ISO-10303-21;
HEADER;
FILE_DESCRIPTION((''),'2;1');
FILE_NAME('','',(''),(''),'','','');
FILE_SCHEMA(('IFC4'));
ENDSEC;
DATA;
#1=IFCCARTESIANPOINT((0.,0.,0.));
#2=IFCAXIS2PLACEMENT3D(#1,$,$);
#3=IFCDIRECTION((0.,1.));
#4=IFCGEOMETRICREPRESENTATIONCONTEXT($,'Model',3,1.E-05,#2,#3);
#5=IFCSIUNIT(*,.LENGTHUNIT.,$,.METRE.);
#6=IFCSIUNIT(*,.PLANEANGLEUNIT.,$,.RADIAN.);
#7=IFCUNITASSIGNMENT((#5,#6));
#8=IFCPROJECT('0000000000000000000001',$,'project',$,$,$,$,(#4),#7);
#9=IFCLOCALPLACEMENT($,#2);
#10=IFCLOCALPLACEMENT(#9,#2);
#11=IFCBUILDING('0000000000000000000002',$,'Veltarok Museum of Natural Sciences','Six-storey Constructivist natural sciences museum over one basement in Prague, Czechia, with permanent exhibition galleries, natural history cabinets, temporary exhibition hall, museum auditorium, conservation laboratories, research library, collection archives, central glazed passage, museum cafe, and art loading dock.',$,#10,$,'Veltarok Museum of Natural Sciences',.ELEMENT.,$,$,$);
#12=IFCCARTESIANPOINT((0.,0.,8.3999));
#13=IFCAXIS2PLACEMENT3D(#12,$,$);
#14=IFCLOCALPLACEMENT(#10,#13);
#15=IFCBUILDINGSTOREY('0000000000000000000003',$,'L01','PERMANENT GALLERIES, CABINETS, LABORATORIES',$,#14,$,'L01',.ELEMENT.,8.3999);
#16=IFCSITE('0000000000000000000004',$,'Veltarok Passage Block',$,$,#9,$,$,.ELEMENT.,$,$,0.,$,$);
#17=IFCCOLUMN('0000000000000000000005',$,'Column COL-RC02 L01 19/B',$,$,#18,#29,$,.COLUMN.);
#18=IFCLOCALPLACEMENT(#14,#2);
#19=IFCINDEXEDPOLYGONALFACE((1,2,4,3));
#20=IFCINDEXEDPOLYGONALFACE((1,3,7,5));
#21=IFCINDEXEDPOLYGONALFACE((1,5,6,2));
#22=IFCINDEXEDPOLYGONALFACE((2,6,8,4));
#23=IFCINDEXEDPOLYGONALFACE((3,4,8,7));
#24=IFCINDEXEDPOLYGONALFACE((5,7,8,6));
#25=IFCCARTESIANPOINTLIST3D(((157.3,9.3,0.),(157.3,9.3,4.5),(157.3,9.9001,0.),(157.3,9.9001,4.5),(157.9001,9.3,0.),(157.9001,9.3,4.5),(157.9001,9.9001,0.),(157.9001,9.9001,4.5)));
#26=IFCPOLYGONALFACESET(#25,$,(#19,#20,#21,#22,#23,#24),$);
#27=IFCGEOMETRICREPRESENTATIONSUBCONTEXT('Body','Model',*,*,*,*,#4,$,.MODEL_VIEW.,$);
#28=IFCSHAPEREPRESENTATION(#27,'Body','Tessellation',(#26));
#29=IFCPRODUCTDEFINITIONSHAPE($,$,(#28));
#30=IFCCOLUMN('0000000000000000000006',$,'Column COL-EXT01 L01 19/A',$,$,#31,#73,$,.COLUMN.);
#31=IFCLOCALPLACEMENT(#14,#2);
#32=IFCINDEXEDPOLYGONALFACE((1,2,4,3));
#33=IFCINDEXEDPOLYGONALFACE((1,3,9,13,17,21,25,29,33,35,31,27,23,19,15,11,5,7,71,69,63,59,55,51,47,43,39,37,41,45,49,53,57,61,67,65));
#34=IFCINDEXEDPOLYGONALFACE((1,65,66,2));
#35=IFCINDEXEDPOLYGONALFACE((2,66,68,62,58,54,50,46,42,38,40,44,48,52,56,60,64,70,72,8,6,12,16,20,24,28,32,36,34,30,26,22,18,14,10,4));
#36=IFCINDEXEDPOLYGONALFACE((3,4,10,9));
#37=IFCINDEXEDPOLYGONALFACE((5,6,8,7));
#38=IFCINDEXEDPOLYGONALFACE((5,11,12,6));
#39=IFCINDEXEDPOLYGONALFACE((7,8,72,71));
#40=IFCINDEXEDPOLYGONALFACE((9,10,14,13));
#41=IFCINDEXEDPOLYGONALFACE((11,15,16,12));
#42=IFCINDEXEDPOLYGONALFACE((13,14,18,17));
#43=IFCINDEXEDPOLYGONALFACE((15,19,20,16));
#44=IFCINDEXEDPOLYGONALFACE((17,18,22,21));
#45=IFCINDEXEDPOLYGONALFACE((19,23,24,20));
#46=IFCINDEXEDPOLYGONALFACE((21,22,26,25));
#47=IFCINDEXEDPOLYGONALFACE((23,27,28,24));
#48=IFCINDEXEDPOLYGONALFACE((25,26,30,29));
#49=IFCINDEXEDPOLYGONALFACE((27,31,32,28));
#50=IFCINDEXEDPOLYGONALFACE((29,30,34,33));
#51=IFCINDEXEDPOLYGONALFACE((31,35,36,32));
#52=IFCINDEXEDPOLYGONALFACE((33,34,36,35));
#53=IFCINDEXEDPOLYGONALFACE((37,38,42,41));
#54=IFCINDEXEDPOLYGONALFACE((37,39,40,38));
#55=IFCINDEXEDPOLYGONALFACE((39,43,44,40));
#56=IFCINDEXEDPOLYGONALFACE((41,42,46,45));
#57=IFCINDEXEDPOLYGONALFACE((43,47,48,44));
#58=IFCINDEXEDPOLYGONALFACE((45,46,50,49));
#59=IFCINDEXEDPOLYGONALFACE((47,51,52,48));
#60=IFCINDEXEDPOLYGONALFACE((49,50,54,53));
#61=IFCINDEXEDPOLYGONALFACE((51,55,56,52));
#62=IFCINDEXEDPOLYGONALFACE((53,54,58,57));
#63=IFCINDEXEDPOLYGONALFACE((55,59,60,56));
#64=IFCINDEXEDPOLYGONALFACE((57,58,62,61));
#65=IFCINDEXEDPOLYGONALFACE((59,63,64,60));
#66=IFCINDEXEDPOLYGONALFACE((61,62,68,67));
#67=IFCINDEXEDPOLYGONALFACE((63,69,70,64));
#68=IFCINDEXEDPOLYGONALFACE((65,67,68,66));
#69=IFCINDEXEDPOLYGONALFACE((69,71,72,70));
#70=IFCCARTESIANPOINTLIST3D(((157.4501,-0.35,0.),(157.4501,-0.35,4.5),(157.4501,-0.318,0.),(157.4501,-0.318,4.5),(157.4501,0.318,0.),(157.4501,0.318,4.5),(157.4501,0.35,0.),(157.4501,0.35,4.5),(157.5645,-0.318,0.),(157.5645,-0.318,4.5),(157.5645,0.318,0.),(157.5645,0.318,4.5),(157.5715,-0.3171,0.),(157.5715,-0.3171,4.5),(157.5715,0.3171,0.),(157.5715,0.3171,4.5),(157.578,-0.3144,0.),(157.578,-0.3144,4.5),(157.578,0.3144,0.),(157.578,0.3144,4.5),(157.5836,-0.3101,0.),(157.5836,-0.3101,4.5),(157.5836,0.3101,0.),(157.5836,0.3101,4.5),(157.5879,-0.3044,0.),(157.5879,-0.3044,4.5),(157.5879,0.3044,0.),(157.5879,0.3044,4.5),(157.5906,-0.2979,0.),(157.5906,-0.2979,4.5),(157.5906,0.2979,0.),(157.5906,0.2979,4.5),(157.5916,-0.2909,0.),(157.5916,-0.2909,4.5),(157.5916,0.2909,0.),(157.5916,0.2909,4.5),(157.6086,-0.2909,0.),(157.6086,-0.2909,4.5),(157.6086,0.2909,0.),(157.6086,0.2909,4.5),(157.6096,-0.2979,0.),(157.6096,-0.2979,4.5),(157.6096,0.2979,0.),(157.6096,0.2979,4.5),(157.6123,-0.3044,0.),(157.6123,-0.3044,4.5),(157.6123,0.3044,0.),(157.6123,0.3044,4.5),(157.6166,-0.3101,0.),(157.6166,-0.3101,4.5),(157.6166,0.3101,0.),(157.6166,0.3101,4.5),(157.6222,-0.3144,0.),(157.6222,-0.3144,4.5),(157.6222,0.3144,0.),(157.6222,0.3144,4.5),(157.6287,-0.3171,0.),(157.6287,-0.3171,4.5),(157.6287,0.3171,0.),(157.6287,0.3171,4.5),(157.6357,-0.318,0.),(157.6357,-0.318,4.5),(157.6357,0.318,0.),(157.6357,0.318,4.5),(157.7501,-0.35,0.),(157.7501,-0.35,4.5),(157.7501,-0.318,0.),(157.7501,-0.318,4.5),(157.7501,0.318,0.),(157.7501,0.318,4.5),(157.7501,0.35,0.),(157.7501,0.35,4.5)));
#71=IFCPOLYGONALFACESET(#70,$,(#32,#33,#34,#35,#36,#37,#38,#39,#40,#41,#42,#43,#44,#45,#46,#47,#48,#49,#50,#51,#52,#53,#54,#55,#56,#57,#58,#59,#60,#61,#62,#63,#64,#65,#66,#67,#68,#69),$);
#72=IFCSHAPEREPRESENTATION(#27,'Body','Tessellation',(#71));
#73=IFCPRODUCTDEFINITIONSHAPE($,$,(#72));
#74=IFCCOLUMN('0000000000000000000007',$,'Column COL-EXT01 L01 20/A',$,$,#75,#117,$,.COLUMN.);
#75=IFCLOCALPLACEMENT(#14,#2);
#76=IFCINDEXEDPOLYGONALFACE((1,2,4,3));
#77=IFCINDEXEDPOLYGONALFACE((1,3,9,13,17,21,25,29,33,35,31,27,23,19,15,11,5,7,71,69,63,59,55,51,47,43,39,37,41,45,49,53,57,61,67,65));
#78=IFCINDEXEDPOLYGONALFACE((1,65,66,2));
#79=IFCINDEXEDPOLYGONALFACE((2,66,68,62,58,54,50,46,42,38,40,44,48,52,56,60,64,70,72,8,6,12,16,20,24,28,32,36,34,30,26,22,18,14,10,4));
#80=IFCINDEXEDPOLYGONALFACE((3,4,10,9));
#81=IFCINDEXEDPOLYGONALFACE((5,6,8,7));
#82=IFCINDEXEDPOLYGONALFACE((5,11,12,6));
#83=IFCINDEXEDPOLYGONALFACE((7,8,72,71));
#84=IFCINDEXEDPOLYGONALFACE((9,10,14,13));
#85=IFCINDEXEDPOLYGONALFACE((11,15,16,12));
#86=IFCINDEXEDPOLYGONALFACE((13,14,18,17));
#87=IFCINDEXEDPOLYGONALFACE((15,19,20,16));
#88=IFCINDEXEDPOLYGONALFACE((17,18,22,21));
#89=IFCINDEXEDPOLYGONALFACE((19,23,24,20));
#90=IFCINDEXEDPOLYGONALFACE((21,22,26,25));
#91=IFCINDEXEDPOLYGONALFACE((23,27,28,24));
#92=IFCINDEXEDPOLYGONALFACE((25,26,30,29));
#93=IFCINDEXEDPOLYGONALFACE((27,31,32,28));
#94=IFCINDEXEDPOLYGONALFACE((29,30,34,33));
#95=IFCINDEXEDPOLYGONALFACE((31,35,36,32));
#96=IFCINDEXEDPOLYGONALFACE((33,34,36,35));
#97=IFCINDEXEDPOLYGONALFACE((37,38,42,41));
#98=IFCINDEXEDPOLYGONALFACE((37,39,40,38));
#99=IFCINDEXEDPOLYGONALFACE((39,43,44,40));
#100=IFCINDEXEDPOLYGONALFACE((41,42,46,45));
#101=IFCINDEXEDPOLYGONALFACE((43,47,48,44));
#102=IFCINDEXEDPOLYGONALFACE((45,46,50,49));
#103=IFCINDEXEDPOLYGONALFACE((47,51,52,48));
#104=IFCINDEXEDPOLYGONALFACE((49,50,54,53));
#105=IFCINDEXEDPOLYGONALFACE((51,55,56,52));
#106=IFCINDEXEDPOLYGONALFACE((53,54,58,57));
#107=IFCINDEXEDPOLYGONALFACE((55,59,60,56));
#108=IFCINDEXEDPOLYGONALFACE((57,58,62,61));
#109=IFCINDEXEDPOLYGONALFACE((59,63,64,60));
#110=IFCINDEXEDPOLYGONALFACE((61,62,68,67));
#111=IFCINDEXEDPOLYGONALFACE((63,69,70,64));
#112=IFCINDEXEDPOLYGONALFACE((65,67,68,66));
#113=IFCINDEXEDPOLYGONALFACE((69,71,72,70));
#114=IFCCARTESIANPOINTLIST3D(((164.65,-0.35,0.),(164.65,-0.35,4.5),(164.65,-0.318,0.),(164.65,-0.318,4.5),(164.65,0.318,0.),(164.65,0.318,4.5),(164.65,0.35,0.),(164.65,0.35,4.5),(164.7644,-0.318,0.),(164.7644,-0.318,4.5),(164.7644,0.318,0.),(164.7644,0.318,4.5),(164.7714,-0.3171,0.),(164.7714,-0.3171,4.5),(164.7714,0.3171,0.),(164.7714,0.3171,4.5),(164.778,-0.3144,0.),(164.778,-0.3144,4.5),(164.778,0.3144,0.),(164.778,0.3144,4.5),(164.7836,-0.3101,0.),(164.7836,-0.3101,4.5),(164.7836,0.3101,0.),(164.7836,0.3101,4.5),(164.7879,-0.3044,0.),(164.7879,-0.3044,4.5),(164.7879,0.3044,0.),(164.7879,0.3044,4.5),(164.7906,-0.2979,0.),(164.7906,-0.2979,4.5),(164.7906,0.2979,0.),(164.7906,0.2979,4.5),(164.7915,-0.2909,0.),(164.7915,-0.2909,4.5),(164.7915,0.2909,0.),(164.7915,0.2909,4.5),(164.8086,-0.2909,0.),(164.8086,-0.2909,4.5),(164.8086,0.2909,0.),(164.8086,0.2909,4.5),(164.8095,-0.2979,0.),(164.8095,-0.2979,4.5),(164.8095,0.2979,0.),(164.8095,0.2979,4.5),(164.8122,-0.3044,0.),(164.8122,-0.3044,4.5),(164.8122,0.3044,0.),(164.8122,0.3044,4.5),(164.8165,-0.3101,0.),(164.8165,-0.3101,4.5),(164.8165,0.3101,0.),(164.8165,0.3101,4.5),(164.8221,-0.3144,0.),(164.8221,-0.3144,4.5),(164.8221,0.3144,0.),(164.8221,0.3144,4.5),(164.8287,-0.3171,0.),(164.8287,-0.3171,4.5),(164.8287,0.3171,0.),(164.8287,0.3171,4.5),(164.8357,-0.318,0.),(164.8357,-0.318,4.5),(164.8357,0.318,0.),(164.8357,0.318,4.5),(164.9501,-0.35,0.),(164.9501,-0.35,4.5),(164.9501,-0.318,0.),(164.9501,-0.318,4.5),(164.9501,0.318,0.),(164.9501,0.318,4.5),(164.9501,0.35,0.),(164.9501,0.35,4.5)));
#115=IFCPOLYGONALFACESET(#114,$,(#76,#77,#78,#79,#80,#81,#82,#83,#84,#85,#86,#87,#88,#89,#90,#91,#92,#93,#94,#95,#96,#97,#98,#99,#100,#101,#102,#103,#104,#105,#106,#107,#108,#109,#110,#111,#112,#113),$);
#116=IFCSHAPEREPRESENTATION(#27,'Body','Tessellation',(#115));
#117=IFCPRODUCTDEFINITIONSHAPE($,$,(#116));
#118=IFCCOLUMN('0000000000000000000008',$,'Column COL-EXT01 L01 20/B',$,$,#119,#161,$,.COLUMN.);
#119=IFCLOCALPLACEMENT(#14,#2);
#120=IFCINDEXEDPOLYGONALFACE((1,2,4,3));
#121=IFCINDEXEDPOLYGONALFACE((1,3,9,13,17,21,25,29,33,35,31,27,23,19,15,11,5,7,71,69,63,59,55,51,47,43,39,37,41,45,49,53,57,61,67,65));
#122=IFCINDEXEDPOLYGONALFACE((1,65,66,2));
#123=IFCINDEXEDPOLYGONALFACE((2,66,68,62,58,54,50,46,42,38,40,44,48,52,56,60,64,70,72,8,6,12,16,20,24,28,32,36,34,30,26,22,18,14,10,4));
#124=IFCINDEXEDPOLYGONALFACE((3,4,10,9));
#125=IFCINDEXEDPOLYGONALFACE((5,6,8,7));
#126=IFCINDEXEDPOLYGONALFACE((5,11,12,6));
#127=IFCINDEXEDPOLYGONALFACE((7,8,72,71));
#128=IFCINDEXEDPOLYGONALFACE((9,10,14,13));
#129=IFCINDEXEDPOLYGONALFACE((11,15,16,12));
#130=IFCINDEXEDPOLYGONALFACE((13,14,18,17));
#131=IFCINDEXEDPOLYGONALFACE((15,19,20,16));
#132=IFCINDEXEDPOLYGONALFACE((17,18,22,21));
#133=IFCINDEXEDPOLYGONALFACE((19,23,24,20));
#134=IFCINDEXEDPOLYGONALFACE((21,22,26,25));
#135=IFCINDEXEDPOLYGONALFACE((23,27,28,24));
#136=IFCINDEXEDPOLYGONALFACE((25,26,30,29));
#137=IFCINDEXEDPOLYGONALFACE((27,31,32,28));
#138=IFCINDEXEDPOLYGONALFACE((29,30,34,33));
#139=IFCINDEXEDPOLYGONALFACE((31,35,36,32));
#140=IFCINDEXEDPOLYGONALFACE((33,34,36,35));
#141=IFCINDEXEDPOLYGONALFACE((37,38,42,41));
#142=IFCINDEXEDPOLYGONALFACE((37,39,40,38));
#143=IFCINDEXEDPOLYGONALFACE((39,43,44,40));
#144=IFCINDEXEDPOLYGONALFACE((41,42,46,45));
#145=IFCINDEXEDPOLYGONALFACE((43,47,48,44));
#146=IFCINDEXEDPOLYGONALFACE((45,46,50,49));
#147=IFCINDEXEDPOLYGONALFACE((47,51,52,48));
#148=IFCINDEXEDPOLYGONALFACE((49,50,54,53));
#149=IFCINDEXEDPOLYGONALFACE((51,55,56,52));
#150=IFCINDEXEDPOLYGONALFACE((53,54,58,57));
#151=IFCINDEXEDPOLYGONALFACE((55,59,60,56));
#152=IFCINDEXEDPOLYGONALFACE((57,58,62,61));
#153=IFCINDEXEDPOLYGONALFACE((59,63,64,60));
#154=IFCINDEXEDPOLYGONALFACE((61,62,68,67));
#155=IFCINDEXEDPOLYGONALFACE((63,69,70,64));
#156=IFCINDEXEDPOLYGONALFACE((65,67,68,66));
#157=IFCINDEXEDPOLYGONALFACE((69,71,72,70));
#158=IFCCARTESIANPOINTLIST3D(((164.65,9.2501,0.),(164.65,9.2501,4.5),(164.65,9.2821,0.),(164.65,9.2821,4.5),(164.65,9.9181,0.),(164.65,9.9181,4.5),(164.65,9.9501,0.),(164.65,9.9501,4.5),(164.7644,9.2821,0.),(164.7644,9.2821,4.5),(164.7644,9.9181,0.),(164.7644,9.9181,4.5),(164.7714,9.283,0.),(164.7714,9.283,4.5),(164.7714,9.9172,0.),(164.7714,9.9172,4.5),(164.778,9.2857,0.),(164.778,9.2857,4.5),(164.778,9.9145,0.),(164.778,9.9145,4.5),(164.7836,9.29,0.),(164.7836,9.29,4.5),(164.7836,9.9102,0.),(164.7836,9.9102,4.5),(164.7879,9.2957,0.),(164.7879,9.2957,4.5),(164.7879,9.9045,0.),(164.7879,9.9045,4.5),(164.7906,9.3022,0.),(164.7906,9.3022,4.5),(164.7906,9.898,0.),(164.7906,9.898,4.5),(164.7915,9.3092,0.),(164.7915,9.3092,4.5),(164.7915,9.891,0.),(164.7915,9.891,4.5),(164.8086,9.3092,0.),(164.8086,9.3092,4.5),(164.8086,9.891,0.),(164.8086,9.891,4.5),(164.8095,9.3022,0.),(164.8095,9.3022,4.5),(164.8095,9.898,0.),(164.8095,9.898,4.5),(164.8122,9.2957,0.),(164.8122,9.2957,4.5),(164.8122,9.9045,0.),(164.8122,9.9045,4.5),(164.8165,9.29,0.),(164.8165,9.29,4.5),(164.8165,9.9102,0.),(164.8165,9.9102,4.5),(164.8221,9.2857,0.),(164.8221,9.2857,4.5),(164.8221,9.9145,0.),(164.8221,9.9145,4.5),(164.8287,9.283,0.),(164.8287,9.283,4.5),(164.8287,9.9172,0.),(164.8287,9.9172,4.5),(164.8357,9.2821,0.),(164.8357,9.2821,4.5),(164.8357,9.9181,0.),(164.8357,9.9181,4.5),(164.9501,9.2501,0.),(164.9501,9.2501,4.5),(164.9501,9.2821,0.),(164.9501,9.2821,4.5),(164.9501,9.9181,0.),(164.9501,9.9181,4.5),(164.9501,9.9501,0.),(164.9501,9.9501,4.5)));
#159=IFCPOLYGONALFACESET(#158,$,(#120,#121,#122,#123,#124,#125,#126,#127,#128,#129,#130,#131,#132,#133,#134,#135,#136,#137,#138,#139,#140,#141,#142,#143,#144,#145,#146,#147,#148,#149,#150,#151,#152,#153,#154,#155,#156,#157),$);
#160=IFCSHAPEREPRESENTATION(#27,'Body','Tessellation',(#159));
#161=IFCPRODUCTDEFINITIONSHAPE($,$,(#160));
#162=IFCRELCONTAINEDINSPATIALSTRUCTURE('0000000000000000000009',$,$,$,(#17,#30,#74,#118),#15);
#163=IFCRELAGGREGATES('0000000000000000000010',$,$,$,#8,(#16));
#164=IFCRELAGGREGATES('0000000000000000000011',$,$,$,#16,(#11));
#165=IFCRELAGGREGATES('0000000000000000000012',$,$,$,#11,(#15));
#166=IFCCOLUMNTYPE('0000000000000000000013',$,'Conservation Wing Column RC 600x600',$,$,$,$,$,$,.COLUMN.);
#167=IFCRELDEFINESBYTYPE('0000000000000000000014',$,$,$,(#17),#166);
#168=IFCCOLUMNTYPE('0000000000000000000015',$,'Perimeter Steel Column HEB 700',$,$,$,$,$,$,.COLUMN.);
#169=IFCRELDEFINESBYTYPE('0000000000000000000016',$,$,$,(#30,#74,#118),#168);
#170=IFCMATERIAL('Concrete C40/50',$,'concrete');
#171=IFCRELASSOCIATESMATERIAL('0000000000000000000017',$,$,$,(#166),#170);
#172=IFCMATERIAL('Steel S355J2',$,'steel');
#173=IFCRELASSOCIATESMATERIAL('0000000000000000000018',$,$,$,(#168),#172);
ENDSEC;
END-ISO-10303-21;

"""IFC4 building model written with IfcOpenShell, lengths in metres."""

from ifc_helpers import new_model, si_unit, direction, frame, origin, origin_2d, place, context, subcontext, project, spatial, rectangle, i_section, extrude, material, material_profile, profile_set, type_object, element, save


model = new_model("IFC4")

# Units and contexts
model_context = context("Model", 3, precision=1e-05, world=origin(), true_north=direction((0.0, 1.0)))
body_context = subcontext(model_context, "Body", "Model", "MODEL_VIEW")
ifc_project = project(units=[si_unit("LENGTHUNIT", "METRE"), si_unit("PLANEANGLEUNIT", "RADIAN")], contexts=[model_context])

# Site, building, storey
site_placement = place(None, origin())
site = spatial("IfcSite", under=ifc_project, at=site_placement, Name="Veltarok Passage Block", CompositionType="ELEMENT", RefElevation=0.0)
building_placement = place(site_placement, origin())
building = spatial("IfcBuilding", under=site, at=building_placement, Name="Veltarok Museum of Natural Sciences", Description="Six-storey Constructivist natural sciences museum over one basement in Prague, Czechia, with permanent exhibition galleries, natural history cabinets, temporary exhibition hall, museum auditorium, conservation laboratories, research library, collection archives, central glazed passage, museum cafe, and art loading dock.", LongName="Veltarok Museum of Natural Sciences", CompositionType="ELEMENT")
storey_placement = place(building_placement, frame((0.0, 0.0, 8.3999)))
storey = spatial("IfcBuildingStorey", under=building, at=storey_placement, Name="L01", Description="PERMANENT GALLERIES, CABINETS, LABORATORIES", LongName="L01", CompositionType="ELEMENT", Elevation=8.3999)

# Columns
ifc_material_1 = material(Name="Concrete C40/50", Category="concrete")
ifc_material_profile_1 = material_profile(ifc_material_1, rectangle(XDim=0.6001, YDim=0.6001, at=origin_2d()), Name="RC 600x600")
ifc_profile_set_1 = profile_set([ifc_material_profile_1], Name="Concrete C40/50")
column_type_1 = type_object("IfcColumnType", Name="Conservation Wing Column RC 600x600", PredefinedType="COLUMN", material=ifc_profile_set_1)
column_placement = place(storey_placement, frame((157.6001, 9.6001, 0.0), z_axis=(0.0, 0.0, 1.0), x_axis=(1.0, 0.0, 0.0)))
element("IfcColumn", 1, at=column_placement, inside=storey, type_object=column_type_1, Name="Column COL-RC02 L01 19/B", PredefinedType="COLUMN", context=body_context, shape_type="SweptSolid", body=[
    extrude(rectangle(XDim=0.6001, YDim=0.6001, at=origin_2d()), origin(), (0.0, 0.0, 1.0), 4.5),
])
ifc_material_2 = material(Name="Steel S355J2", Category="steel")
ifc_material_profile_2 = material_profile(ifc_material_2, i_section(OverallWidth=0.3, OverallDepth=0.7, WebThickness=0.0171, FlangeThickness=0.032, FilletRadius=0.0271, at=origin_2d()), Name="HEB 700")
ifc_profile_set_2 = profile_set([ifc_material_profile_2], Name="Steel S355J2")
column_type_2 = type_object("IfcColumnType", Name="Perimeter Steel Column HEB 700", PredefinedType="COLUMN", material=ifc_profile_set_2)
for number, where, z_axis, x_axis, name in (
    (2, (157.6001, 0.0, 0.0), (0.0, 0.0, 1.0), (1.0, 0.0, 0.0), "Column COL-EXT01 L01 19/A"),
    (3, (164.8, 0.0, 0.0), (0.0, 0.0, 1.0), (1.0, 0.0, 0.0), "Column COL-EXT01 L01 20/A"),
    (4, (164.8, 9.6001, 0.0), (0.0, 0.0, 1.0), (1.0, 0.0, 0.0), "Column COL-EXT01 L01 20/B"),
):
    element("IfcColumn", number, at=place(storey_placement, frame(where, z_axis=z_axis, x_axis=x_axis)), inside=storey, type_object=column_type_2, Name=name, PredefinedType="COLUMN", context=body_context, shape_type="SweptSolid", body=[
        extrude(i_section(OverallWidth=0.3, OverallDepth=0.7, WebThickness=0.0171, FlangeThickness=0.032, FilletRadius=0.0271, at=origin_2d()), origin(), (0.0, 0.0, 1.0), 4.5),
    ])

save(model, "model.ifc")
